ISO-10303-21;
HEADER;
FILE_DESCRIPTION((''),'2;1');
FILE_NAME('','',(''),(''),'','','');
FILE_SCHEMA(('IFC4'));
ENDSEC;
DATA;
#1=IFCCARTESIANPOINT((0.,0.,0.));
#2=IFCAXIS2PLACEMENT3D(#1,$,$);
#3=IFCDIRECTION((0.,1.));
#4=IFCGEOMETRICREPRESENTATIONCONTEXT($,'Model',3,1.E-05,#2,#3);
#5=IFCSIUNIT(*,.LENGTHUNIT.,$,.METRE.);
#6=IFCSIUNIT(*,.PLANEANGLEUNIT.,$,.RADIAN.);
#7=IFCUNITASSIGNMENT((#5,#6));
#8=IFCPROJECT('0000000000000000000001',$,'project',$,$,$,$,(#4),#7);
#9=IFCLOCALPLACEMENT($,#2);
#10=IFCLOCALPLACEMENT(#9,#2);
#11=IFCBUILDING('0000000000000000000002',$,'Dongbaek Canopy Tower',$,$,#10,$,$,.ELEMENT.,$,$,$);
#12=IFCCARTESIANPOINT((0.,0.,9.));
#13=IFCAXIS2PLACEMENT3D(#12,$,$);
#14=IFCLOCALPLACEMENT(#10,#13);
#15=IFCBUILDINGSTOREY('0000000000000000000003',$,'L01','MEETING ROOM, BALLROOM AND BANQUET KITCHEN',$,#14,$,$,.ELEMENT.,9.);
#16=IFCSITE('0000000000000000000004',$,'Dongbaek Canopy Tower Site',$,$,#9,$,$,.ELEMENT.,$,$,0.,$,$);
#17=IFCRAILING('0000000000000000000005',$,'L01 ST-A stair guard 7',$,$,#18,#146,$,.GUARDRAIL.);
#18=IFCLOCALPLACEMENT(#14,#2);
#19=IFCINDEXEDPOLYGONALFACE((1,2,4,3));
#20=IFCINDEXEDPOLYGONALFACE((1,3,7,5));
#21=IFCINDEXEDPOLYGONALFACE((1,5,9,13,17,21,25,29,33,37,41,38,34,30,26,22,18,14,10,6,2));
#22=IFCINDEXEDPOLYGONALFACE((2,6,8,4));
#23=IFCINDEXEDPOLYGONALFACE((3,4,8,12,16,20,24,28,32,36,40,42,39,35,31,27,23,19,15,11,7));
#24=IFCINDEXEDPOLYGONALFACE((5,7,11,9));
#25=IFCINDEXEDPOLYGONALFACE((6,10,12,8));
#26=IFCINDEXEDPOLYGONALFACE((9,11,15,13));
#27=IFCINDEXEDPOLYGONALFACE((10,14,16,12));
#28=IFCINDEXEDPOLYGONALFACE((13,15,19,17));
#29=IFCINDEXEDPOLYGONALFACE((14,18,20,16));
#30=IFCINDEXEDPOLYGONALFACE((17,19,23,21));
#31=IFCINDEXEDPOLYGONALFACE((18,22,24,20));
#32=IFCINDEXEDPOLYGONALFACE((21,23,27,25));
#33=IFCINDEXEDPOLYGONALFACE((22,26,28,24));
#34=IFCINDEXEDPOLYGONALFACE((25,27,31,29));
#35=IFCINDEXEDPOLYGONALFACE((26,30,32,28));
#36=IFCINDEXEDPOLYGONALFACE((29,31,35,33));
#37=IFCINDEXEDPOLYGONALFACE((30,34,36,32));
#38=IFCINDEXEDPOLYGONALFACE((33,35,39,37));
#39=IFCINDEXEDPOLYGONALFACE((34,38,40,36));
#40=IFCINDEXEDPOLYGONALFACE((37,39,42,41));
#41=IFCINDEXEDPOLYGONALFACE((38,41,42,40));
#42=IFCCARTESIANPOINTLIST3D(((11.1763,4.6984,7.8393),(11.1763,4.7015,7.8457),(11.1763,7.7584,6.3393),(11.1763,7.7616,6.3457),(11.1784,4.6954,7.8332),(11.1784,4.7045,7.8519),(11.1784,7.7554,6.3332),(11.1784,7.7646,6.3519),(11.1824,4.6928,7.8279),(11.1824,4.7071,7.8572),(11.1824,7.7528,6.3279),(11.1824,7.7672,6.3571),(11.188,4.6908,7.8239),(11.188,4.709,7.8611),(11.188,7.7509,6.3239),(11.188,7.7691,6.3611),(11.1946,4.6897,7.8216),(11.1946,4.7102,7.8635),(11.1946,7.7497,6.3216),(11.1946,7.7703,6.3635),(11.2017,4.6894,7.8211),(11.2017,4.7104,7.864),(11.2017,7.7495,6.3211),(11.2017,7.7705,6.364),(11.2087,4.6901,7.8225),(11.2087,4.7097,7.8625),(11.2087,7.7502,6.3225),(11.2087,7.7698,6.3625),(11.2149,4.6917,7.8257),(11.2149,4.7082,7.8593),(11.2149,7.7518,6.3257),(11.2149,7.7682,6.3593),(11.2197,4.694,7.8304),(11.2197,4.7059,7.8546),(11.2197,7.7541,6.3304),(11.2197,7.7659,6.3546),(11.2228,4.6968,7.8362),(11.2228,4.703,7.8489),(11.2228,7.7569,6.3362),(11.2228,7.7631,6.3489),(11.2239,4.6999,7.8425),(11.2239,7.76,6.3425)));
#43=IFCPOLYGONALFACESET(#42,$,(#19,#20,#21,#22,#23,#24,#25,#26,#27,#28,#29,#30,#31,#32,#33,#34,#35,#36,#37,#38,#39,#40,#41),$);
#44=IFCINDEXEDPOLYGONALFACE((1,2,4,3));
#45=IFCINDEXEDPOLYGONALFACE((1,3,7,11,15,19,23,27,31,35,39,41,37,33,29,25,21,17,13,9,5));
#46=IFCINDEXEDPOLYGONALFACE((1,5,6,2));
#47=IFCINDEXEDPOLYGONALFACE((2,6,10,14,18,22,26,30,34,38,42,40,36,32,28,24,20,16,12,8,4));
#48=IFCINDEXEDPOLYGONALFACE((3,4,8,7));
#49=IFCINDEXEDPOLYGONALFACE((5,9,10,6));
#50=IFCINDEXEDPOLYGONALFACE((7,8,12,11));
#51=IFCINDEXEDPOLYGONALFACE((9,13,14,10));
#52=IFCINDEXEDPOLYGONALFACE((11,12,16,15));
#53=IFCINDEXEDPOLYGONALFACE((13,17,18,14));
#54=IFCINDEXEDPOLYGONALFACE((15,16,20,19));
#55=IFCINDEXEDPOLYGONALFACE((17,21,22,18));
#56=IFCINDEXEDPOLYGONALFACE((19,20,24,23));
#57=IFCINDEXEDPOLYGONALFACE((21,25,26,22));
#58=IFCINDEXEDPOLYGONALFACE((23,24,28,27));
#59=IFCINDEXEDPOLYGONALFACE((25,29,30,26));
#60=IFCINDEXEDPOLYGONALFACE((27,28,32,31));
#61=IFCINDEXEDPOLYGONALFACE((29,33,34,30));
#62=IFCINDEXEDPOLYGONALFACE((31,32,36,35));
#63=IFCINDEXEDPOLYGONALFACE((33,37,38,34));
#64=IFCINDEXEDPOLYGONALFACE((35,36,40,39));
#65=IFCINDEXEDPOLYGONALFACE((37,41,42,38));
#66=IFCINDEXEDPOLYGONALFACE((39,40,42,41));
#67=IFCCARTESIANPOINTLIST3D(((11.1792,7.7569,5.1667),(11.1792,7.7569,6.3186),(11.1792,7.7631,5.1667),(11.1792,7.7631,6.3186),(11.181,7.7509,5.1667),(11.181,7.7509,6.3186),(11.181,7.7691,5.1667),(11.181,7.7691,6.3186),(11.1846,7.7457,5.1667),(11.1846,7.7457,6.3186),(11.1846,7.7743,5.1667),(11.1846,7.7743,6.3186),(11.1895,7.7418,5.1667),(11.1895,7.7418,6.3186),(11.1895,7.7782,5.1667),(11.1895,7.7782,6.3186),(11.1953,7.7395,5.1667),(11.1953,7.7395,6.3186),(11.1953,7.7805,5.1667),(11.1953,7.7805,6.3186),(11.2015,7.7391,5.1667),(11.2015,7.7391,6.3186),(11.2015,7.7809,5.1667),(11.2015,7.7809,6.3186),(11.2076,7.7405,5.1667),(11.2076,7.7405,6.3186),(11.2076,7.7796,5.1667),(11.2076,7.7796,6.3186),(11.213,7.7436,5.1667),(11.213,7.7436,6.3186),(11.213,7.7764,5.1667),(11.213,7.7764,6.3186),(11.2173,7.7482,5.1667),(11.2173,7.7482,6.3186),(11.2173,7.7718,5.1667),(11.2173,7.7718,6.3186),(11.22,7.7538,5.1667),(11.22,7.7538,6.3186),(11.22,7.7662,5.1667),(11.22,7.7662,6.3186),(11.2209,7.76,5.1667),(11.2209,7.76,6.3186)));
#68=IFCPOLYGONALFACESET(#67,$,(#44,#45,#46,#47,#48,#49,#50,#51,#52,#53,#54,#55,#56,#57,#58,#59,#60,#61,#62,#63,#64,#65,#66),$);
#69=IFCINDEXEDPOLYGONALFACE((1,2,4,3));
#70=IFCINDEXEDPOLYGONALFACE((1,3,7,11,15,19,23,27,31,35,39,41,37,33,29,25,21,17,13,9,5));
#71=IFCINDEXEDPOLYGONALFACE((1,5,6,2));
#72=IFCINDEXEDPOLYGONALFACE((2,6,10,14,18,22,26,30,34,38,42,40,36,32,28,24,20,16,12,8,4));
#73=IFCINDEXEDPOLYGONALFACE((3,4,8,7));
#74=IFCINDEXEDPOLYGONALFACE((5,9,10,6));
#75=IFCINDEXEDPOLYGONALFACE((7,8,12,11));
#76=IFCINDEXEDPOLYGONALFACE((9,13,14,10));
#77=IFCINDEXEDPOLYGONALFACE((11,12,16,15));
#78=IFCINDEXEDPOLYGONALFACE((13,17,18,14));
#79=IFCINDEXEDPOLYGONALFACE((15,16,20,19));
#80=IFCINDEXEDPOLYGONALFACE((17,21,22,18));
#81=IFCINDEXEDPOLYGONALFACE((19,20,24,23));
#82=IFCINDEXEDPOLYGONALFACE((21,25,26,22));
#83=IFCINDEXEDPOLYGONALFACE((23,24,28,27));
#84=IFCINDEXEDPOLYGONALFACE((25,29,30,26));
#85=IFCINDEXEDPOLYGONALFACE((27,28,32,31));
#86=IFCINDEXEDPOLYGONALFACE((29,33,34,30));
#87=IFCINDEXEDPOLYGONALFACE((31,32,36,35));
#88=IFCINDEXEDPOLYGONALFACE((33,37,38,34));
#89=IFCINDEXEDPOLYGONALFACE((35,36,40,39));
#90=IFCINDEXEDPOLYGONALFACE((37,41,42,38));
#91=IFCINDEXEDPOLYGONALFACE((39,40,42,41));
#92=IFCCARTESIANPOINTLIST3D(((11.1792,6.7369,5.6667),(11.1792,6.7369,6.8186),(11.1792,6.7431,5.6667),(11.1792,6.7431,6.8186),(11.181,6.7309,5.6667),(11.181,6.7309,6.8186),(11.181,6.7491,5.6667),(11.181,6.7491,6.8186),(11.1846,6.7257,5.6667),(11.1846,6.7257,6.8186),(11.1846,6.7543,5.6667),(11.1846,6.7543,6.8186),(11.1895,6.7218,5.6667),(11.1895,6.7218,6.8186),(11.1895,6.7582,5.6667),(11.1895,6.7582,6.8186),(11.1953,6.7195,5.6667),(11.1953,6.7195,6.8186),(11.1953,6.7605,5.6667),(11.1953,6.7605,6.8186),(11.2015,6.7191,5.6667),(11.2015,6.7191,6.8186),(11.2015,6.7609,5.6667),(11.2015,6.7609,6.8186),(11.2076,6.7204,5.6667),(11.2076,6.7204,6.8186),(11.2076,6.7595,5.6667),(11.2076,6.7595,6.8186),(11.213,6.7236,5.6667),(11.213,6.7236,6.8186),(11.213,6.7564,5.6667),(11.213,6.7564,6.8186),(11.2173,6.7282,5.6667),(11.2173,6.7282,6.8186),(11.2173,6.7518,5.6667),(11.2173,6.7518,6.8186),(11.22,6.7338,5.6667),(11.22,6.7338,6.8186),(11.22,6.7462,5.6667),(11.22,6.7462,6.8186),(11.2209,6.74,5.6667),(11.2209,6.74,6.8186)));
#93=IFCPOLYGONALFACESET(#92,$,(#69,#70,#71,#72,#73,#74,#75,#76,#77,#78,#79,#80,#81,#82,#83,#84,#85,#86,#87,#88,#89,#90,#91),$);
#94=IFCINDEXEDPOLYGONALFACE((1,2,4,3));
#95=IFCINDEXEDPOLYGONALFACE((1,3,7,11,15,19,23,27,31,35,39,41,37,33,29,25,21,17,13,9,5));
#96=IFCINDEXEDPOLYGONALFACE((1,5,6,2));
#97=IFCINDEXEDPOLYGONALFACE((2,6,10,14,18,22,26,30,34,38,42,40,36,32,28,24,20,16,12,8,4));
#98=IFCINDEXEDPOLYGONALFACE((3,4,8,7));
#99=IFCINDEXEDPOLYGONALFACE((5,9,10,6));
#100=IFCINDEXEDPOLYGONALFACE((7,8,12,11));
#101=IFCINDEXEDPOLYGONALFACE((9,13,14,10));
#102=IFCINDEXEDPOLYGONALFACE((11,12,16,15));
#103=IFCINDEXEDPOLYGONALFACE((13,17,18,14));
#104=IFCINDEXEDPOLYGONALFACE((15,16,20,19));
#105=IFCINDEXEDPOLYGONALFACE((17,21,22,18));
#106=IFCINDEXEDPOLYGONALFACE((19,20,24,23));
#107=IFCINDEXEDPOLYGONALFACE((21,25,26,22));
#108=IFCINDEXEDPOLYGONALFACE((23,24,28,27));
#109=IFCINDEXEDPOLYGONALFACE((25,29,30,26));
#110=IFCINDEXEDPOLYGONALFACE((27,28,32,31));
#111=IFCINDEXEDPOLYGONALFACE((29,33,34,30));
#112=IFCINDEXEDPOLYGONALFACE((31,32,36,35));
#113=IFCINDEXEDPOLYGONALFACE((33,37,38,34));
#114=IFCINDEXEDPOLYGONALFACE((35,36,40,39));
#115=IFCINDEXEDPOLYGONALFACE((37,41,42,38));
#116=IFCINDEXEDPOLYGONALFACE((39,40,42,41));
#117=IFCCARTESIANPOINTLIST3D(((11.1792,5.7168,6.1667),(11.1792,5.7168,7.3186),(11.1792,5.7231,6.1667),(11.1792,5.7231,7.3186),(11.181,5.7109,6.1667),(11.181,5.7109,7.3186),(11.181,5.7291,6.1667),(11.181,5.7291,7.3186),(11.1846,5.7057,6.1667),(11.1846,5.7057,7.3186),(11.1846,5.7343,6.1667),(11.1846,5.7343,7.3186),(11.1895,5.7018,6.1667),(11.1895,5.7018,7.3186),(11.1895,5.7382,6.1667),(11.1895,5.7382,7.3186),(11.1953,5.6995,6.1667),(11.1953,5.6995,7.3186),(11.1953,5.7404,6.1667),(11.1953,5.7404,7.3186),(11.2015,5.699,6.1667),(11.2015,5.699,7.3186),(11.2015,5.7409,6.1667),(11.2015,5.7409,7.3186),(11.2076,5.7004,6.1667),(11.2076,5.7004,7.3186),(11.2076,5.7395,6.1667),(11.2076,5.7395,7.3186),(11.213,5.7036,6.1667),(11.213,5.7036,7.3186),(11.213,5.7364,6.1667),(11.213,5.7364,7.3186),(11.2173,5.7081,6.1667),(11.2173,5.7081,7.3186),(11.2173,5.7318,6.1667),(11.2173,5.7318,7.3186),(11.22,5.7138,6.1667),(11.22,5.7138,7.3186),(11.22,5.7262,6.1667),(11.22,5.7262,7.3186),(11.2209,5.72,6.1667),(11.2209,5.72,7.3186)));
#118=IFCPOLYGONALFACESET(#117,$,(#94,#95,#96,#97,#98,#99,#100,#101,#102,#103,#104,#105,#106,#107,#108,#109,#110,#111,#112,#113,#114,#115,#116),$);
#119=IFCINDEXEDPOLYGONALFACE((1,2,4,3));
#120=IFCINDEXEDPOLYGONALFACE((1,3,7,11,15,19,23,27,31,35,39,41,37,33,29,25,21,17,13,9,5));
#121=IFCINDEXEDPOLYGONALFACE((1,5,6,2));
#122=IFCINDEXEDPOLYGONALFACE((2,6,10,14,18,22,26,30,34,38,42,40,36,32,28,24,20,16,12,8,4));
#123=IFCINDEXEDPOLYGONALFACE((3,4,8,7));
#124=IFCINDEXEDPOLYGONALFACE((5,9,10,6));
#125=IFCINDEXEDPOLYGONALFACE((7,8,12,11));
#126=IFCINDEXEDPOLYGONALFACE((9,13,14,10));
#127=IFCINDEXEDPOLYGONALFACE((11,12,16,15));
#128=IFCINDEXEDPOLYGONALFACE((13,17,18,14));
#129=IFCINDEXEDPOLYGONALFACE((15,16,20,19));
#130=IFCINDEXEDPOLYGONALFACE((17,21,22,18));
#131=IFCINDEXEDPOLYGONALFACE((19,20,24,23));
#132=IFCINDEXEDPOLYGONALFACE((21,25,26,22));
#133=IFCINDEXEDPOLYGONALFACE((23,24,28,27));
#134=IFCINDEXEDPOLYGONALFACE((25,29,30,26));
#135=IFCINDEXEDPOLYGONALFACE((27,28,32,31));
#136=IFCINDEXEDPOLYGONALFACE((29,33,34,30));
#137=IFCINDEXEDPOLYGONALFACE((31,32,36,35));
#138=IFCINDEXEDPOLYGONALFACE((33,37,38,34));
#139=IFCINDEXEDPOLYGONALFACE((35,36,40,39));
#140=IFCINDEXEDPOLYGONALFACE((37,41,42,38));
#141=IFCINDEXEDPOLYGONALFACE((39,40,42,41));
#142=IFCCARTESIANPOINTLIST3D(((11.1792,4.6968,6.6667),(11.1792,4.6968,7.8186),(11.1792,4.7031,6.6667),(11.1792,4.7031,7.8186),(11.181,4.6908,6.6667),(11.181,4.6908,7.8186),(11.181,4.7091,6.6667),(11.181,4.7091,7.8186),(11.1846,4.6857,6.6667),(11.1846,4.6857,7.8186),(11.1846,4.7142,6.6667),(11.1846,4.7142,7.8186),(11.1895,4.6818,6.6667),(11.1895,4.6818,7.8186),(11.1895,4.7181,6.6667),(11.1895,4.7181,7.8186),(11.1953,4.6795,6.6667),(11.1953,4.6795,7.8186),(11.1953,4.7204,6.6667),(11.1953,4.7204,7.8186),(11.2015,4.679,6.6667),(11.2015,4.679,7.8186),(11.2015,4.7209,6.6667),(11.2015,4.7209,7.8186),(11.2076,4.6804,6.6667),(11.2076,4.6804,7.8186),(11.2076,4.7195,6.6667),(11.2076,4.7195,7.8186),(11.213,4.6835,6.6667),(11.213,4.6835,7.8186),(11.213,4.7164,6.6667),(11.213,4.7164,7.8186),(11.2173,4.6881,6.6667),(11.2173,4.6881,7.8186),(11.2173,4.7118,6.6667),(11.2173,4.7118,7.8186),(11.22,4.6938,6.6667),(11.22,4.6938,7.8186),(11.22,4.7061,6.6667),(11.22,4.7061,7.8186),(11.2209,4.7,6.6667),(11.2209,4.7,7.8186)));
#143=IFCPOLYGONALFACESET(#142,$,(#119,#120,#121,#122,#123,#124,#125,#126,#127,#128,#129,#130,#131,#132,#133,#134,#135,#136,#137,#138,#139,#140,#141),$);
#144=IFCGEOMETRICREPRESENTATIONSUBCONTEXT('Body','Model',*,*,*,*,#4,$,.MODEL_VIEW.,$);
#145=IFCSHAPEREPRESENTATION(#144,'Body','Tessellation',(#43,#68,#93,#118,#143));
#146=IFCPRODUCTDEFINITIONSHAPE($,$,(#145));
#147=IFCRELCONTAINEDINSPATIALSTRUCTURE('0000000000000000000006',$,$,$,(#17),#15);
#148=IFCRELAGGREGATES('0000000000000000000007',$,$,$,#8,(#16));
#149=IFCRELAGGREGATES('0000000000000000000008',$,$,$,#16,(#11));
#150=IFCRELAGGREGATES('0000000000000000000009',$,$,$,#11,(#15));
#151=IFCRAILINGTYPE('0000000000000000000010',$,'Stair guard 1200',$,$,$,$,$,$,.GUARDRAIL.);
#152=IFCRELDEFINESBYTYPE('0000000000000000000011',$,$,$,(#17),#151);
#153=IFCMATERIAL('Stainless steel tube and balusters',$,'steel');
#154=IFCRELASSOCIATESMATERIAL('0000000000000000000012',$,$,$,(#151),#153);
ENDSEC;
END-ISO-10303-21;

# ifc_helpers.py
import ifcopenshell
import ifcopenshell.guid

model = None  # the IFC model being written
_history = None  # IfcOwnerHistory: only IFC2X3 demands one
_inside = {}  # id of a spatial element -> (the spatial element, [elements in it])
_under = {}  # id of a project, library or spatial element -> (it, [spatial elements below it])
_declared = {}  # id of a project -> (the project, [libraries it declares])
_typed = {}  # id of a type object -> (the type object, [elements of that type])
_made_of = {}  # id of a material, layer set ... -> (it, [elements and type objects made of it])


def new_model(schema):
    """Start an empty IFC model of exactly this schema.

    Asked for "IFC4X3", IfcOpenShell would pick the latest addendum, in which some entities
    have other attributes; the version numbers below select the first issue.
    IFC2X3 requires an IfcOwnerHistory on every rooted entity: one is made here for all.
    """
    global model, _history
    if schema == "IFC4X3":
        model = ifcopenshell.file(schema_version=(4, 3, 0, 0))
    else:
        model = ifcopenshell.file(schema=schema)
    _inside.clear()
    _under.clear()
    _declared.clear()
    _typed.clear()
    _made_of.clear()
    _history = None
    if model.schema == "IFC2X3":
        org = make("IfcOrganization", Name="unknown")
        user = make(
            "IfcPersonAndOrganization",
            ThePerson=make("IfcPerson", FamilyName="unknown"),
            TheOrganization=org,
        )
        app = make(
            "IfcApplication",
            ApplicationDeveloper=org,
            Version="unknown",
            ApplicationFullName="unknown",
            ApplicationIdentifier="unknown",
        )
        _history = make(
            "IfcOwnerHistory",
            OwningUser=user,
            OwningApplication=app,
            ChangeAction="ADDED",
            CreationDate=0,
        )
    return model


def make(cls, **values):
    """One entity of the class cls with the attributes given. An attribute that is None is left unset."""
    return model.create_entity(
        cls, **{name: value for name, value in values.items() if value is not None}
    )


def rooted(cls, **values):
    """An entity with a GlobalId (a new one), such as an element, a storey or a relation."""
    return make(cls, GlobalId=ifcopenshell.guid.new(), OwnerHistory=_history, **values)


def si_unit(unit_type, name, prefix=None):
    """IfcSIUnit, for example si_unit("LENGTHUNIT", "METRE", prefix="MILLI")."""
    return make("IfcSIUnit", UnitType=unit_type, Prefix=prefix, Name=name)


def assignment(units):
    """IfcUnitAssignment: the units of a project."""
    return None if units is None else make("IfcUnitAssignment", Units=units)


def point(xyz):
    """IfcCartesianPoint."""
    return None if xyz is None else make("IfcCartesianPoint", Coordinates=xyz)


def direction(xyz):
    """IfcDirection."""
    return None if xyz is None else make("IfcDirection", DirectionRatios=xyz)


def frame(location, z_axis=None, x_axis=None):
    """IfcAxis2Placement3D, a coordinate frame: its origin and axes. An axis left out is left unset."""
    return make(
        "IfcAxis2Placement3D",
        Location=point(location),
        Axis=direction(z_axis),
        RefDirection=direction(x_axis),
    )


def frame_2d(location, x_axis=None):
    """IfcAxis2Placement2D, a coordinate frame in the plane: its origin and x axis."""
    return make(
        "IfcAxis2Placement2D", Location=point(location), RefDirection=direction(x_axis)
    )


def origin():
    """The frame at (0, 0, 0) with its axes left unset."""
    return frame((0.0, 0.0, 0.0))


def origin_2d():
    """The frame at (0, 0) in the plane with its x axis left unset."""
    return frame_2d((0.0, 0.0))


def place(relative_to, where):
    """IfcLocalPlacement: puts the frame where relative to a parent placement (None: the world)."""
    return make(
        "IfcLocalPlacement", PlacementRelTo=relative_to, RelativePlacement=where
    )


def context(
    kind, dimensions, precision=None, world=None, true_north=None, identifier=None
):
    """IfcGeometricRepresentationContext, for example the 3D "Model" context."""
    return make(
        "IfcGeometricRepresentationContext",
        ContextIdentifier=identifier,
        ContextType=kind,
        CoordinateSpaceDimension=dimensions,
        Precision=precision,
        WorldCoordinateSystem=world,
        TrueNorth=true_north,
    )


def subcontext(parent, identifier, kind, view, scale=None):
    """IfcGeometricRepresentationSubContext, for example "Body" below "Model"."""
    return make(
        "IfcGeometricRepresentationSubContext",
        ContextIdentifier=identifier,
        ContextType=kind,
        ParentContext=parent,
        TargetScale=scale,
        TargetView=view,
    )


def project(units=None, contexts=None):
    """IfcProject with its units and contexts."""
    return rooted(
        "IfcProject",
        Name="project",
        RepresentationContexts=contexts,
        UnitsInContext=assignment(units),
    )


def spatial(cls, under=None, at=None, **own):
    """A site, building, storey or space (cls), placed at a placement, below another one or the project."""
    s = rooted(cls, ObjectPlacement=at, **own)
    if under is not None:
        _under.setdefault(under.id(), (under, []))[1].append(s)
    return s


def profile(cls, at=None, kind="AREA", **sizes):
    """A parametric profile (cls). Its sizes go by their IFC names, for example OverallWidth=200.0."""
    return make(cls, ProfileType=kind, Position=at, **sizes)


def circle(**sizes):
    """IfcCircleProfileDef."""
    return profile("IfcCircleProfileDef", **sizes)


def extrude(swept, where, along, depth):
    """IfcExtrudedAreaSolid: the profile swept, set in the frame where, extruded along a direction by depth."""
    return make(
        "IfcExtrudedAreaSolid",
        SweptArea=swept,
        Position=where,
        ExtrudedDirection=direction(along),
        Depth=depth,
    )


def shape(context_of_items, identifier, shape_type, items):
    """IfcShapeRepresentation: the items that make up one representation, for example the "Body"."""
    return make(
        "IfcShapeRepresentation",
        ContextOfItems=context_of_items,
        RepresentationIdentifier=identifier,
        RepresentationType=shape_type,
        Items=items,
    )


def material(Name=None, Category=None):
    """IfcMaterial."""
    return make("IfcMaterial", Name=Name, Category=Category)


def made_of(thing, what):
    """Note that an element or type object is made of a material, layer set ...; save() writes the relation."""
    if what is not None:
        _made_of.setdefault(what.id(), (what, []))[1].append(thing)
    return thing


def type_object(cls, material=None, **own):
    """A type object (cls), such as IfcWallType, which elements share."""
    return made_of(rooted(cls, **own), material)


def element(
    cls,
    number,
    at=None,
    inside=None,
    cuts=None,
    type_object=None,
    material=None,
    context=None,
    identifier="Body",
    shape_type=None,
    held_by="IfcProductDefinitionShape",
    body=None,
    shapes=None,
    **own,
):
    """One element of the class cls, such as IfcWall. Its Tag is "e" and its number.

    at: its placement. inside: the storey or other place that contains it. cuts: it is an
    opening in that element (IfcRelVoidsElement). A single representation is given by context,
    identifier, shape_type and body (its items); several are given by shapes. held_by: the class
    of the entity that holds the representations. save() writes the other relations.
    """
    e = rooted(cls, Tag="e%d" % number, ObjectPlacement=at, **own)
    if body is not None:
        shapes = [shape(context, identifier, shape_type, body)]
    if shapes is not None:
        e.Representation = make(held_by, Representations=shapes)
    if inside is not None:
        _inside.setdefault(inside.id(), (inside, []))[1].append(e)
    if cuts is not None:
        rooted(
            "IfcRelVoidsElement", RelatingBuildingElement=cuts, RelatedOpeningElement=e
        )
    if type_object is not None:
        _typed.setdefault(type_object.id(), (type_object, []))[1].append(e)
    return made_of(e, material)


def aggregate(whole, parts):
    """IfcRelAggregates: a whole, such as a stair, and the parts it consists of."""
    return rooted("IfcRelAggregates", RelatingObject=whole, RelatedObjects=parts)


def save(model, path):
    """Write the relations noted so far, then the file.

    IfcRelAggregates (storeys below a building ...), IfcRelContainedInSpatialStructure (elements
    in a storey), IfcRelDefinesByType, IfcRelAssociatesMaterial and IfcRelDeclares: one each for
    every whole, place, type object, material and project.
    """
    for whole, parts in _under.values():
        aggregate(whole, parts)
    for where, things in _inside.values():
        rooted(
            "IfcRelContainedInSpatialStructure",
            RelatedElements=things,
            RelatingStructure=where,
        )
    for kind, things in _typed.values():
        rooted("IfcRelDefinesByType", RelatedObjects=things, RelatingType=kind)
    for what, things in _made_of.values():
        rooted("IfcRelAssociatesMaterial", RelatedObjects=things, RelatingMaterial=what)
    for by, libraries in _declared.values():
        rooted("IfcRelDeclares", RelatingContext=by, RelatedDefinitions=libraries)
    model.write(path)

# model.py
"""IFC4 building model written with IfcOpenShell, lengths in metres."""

from ifc_helpers import new_model, si_unit, direction, frame, origin, origin_2d, place, context, subcontext, project, spatial, circle, extrude, material, type_object, element, save


model = new_model("IFC4")

# Units and contexts
model_context = context("Model", 3, precision=1e-05, world=origin(), true_north=direction((0.0, 1.0)))
body_context = subcontext(model_context, "Body", "Model", "MODEL_VIEW")
ifc_project = project(units=[si_unit("LENGTHUNIT", "METRE"), si_unit("PLANEANGLEUNIT", "RADIAN")], contexts=[model_context])

# Site, building, storey
site_placement = place(None, origin())
site = spatial("IfcSite", under=ifc_project, at=site_placement, Name="Dongbaek Canopy Tower Site", CompositionType="ELEMENT", RefElevation=0.0)
building_placement = place(site_placement, origin())
building = spatial("IfcBuilding", under=site, at=building_placement, Name="Dongbaek Canopy Tower", CompositionType="ELEMENT")
storey_placement = place(building_placement, frame((0.0, 0.0, 9.0)))
storey = spatial("IfcBuildingStorey", under=building, at=storey_placement, Name="L01", Description="MEETING ROOM, BALLROOM AND BANQUET KITCHEN", CompositionType="ELEMENT", Elevation=9.0)

# Railing
ifc_material_1 = material(Name="Stainless steel tube and balusters", Category="steel")
railing_type = type_object("IfcRailingType", Name="Stair guard 1200", PredefinedType="GUARDRAIL", material=ifc_material_1)
railing_1_placement = place(storey_placement, frame((11.2, 7.76, 5.1667)))
element("IfcRailing", 1, at=railing_1_placement, inside=storey, type_object=railing_type, Name="L01 ST-A stair guard 7", PredefinedType="GUARDRAIL", context=body_context, shape_type="SweptSolid", body=[
    extrude(circle(Radius=0.0239, at=origin_2d()), frame((0.0, 0.0, 1.1758), z_axis=(0.0, -0.897924, 0.44015), x_axis=(1.0, 0.0, 0.0)), (0.0, 0.0, 1.0), 3.408),
    extrude(circle(Radius=0.021, at=origin_2d()), origin(), (0.0, 0.0, 1.0), 1.1519),
    extrude(circle(Radius=0.021, at=origin_2d()), frame((0.0, -1.02, 0.5)), (0.0, 0.0, 1.0), 1.1519),
    extrude(circle(Radius=0.021, at=origin_2d()), frame((0.0, -2.04, 1.0)), (0.0, 0.0, 1.0), 1.1519),
    extrude(circle(Radius=0.021, at=origin_2d()), frame((0.0, -3.0601, 1.5)), (0.0, 0.0, 1.0), 1.1519),
])

save(model, "model.ifc")
